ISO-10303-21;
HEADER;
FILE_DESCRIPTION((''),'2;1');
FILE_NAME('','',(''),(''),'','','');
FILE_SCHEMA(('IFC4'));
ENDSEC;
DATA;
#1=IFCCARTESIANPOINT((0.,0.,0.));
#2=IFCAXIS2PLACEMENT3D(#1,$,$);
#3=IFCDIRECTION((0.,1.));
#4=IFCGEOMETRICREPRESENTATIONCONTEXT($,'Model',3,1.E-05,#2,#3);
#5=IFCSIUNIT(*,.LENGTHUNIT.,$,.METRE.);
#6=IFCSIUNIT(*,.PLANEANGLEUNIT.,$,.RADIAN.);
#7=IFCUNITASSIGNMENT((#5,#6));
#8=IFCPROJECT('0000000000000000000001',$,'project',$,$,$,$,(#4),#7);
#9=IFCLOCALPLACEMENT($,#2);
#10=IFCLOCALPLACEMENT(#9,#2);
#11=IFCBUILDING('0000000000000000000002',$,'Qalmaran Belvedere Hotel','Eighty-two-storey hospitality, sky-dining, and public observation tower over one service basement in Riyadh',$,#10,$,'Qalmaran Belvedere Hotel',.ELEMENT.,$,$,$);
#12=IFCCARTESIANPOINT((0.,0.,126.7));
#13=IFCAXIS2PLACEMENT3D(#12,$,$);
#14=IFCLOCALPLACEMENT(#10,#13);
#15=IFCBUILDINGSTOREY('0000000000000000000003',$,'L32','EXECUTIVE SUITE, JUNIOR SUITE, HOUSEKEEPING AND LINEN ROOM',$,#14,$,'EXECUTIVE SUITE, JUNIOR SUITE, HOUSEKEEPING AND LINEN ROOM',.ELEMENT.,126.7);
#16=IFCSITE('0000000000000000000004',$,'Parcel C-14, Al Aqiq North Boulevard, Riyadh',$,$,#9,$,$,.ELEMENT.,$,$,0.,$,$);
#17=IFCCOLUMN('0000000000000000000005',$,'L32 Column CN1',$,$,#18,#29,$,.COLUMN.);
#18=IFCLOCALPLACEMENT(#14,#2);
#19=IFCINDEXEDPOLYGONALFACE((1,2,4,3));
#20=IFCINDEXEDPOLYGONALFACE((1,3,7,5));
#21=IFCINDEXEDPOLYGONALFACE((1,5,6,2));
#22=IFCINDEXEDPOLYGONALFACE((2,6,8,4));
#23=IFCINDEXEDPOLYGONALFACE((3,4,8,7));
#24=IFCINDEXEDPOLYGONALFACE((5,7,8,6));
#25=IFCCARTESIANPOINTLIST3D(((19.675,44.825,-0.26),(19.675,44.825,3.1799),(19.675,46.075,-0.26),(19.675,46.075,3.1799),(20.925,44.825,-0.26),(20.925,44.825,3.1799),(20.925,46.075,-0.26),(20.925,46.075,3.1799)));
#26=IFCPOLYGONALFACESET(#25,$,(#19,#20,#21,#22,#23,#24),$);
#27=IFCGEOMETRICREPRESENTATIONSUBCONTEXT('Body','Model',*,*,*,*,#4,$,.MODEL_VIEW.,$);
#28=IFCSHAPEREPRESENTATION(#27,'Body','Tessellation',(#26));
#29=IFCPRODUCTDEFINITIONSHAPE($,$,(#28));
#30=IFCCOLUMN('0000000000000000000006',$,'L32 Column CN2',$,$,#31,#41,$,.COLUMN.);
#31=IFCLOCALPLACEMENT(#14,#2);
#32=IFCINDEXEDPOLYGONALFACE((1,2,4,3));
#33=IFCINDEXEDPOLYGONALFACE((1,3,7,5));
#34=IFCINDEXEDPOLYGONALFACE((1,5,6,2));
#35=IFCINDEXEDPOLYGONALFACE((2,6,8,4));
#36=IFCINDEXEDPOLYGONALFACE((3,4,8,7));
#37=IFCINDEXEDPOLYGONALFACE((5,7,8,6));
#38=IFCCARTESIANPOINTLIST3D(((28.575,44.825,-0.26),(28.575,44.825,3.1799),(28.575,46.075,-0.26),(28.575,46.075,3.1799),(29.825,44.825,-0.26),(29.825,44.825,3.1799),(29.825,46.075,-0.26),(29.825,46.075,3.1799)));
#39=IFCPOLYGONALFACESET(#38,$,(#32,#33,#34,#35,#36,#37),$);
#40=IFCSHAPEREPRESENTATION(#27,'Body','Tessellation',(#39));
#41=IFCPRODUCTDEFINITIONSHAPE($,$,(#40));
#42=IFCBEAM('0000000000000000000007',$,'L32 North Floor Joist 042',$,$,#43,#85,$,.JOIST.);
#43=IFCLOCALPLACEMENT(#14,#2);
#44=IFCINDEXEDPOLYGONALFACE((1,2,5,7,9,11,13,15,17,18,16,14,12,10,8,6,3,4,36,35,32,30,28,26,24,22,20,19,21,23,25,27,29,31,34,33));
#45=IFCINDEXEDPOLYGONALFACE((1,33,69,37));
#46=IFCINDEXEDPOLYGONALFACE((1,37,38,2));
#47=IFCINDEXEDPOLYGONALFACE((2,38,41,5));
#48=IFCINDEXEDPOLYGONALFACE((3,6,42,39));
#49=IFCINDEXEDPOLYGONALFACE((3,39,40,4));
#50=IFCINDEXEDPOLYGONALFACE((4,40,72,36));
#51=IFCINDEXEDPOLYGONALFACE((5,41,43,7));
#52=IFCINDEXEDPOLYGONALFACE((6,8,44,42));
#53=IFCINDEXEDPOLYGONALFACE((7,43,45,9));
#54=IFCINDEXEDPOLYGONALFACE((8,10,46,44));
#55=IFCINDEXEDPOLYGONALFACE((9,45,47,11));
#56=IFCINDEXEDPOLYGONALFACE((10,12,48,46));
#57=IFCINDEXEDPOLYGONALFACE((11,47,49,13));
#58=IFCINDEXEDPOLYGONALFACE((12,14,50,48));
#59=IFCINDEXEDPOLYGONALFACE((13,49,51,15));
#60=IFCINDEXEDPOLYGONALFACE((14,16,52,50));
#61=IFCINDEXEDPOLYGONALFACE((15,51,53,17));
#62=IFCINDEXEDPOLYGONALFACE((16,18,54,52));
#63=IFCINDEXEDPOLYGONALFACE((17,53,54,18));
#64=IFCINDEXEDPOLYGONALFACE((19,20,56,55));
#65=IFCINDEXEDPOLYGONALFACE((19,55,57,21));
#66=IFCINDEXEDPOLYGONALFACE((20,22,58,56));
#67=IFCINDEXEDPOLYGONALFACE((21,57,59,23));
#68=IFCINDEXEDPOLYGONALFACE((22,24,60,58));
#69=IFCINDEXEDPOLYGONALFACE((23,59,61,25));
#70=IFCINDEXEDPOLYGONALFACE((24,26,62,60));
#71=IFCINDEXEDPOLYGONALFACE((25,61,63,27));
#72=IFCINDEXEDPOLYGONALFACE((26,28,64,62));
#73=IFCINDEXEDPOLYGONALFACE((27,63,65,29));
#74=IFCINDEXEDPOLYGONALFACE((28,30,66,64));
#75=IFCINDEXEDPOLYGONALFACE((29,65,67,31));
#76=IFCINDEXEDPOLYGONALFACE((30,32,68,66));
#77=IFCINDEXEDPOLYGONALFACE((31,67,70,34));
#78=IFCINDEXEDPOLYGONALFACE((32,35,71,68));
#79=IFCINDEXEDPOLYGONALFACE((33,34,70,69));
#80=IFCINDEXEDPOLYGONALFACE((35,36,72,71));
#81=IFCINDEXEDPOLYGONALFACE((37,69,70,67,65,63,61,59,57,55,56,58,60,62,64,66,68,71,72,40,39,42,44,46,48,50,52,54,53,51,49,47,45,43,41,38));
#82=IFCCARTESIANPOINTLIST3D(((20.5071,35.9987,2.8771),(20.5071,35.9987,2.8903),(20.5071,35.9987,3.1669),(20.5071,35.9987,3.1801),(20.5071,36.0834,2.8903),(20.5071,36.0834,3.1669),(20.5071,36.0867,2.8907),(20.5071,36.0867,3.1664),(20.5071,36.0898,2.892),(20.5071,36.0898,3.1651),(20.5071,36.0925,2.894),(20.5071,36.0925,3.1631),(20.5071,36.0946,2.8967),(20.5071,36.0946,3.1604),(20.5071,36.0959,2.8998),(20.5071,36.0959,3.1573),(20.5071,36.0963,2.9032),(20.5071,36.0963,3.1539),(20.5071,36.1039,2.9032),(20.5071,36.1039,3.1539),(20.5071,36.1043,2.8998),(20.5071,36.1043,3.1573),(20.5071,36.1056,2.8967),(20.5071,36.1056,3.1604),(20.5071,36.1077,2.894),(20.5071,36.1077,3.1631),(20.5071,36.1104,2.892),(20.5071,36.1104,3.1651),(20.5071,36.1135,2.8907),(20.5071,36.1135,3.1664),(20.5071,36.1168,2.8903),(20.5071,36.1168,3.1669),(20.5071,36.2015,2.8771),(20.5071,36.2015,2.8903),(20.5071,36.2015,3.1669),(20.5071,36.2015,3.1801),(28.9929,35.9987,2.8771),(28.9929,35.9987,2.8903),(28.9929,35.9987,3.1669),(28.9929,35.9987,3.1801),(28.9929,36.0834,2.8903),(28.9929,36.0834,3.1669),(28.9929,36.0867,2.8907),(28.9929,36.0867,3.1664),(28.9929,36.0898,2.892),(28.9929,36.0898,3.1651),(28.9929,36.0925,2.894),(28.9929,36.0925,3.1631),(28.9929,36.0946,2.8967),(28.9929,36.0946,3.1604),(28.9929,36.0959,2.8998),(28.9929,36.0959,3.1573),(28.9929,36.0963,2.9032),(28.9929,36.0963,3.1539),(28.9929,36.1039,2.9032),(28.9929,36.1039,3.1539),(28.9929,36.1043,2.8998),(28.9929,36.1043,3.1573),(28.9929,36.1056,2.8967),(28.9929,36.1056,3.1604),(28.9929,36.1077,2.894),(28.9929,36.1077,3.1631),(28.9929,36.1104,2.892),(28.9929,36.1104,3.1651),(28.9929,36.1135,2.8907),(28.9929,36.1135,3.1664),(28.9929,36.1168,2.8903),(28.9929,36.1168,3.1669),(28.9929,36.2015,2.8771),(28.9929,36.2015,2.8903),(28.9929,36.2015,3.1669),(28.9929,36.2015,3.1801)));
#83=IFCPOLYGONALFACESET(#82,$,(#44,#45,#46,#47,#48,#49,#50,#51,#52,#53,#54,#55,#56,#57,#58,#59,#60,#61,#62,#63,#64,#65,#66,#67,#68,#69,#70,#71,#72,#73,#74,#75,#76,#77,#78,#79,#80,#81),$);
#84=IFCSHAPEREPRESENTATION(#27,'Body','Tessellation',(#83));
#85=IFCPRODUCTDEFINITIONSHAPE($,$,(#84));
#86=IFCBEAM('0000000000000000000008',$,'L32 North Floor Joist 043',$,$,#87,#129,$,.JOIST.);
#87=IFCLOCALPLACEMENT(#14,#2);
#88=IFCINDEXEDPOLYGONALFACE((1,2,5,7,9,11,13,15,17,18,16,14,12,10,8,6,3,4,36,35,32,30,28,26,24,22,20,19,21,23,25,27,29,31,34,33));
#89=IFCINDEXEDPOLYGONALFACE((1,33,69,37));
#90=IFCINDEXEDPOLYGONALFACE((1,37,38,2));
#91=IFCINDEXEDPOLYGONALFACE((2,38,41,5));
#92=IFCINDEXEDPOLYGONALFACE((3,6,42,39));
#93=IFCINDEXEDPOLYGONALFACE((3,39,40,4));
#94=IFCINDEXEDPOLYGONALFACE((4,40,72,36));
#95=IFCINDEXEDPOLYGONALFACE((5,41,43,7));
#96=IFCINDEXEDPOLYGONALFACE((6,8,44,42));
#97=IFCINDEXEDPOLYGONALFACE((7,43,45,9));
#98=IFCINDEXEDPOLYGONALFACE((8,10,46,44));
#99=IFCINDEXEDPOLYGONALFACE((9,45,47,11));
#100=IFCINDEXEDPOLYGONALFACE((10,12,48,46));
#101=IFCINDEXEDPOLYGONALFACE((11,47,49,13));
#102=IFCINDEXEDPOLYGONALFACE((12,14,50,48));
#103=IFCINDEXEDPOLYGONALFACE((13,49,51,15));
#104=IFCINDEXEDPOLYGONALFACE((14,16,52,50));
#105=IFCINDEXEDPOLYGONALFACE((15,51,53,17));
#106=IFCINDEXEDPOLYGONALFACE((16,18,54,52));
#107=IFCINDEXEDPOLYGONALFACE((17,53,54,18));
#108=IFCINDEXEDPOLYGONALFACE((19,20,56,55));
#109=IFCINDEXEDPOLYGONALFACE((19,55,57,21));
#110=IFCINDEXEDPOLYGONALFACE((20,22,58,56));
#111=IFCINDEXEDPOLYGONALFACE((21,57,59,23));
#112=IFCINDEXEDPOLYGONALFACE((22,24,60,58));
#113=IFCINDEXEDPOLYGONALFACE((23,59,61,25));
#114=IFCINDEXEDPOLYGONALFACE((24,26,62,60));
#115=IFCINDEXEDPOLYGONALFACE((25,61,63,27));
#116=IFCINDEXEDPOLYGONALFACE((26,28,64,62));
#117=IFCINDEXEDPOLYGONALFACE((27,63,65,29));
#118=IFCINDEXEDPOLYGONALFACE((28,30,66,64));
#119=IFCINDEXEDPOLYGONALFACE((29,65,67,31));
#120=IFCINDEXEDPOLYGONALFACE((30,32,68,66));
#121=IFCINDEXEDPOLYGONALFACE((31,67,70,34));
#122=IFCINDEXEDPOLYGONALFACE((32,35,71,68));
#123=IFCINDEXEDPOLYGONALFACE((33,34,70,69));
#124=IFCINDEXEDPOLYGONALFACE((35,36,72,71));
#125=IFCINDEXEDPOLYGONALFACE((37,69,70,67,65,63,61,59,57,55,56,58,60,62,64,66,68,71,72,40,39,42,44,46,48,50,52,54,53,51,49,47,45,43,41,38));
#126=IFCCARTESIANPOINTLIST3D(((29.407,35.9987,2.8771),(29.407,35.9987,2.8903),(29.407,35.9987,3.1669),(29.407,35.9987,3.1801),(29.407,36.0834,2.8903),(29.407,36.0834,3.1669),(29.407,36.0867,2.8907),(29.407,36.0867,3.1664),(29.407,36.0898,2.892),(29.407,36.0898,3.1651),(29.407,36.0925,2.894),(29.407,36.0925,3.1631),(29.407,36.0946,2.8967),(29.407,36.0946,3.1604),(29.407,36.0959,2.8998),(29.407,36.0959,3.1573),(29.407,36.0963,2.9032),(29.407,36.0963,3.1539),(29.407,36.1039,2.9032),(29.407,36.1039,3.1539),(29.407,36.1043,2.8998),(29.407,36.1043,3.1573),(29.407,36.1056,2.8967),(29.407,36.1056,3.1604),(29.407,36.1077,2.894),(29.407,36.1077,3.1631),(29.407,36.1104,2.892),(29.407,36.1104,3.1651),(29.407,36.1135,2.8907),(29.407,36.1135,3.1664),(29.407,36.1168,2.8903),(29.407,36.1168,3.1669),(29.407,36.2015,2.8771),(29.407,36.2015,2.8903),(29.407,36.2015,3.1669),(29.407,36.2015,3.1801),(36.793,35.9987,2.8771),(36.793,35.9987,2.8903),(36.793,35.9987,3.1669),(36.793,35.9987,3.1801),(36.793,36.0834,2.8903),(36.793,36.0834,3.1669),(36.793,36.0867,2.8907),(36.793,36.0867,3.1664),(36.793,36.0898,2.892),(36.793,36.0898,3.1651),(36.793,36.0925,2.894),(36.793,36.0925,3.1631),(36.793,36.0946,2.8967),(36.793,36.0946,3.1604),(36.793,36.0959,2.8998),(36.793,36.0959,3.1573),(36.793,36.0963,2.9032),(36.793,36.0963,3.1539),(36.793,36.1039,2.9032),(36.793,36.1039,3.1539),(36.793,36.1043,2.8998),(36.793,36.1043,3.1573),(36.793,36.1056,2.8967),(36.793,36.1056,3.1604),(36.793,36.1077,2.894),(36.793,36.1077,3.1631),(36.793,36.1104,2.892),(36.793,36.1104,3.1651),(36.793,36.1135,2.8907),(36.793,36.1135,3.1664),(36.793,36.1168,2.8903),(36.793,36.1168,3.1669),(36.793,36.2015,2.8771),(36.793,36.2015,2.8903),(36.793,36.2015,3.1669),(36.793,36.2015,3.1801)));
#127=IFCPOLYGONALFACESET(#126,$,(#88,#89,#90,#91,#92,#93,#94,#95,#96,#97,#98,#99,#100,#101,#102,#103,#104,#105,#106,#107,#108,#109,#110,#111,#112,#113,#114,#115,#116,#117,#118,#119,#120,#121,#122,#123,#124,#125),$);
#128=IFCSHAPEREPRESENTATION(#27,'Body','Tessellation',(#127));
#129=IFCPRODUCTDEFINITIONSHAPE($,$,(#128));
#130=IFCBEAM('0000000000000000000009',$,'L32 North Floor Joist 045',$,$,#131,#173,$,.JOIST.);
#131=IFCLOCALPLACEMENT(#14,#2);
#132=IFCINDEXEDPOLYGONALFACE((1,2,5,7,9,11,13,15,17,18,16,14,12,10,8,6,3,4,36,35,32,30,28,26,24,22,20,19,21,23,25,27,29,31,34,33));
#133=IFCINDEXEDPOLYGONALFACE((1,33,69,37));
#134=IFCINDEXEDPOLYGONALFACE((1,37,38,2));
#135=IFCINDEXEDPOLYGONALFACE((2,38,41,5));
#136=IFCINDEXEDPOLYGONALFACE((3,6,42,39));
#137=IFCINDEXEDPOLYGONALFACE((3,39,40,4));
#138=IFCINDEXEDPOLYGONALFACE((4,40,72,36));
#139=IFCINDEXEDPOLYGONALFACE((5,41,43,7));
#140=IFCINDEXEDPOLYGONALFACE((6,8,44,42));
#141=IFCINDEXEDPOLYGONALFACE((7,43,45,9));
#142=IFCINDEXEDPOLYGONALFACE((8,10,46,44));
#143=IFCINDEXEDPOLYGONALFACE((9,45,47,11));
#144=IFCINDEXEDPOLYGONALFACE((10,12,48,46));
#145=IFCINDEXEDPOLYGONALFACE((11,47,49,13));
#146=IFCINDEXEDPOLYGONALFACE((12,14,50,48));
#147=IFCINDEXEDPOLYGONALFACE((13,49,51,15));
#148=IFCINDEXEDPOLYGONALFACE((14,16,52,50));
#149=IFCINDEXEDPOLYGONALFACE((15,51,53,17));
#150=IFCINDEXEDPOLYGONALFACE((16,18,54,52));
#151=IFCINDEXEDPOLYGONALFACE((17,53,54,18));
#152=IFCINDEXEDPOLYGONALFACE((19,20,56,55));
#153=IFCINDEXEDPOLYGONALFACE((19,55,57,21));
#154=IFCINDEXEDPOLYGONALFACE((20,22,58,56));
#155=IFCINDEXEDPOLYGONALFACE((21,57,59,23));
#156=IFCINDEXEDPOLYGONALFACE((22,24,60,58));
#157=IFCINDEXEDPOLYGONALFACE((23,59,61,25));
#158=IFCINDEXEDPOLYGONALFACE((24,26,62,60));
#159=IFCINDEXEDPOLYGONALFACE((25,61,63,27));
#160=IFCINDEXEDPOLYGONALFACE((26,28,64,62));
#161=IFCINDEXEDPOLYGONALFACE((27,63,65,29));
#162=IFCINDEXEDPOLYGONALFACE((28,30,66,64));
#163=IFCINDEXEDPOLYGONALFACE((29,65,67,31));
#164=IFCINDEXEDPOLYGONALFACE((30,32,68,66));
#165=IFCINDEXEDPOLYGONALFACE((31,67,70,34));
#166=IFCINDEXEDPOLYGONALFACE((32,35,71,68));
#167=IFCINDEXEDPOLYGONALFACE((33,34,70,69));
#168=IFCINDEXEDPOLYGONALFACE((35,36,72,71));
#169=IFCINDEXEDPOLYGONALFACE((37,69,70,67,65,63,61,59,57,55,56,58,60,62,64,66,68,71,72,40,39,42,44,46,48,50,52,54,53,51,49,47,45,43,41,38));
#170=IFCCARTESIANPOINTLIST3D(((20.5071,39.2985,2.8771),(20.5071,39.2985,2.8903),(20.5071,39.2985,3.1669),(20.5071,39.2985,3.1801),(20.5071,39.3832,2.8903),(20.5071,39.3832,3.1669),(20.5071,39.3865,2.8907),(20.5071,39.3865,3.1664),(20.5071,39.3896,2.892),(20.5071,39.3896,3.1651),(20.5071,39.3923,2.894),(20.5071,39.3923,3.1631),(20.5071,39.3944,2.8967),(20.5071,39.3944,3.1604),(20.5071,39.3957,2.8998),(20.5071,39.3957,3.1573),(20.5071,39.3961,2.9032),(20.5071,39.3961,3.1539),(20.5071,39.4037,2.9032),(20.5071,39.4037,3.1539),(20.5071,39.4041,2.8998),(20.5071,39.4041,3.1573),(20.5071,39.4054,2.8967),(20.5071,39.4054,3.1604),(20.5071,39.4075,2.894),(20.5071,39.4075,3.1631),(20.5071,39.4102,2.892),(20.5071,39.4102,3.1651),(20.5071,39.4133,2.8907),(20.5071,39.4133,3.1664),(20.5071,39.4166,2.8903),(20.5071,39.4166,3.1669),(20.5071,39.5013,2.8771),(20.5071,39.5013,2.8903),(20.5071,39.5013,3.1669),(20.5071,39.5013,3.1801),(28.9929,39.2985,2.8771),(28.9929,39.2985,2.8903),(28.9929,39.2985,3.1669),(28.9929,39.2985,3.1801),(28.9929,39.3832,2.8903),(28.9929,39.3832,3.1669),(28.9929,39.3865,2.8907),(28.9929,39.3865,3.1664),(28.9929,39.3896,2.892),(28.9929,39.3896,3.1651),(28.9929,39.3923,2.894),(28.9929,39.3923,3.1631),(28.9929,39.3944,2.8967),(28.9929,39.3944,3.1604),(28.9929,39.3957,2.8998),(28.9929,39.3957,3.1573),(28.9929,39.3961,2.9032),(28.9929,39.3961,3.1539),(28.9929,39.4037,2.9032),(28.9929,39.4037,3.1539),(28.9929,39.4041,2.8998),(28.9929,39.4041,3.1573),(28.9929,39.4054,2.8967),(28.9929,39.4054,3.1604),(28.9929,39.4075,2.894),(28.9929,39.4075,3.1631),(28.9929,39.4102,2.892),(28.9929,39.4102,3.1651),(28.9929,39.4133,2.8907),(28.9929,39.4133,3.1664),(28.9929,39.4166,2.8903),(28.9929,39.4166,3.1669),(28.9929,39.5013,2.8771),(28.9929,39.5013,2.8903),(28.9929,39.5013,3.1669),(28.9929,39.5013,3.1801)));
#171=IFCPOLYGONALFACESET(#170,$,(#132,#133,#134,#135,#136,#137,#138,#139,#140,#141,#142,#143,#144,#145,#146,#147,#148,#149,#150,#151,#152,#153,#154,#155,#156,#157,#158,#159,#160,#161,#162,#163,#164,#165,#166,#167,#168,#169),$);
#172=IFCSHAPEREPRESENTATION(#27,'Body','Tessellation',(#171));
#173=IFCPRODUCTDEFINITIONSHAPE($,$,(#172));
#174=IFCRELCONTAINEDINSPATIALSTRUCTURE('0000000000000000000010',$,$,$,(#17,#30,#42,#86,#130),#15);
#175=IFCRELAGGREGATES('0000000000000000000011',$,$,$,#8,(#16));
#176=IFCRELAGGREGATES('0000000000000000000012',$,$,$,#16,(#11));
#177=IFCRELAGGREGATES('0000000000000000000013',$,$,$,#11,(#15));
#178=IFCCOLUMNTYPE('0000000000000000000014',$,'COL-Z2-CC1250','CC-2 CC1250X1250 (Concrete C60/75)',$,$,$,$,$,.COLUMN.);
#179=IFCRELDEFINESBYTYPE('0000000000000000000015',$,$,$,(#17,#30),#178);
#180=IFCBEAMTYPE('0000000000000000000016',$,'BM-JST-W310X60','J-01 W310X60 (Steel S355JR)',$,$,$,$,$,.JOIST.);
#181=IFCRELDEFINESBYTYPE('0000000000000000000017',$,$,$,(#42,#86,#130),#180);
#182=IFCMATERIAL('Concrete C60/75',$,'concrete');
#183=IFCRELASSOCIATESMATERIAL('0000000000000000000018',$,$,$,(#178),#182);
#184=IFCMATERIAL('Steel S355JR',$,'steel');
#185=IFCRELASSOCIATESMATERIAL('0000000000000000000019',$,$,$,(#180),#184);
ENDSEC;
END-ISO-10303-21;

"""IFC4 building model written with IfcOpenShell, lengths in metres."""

from ifc_helpers import new_model, si_unit, direction, frame, origin, origin_2d, place, context, subcontext, project, spatial, rectangle, i_section, extrude, material, material_profile, profile_set, type_object, element, save


model = new_model("IFC4")

# Units and contexts
model_context = context("Model", 3, precision=1e-05, world=origin(), true_north=direction((0.0, 1.0)))
body_context = subcontext(model_context, "Body", "Model", "MODEL_VIEW")
ifc_project = project(units=[si_unit("LENGTHUNIT", "METRE"), si_unit("PLANEANGLEUNIT", "RADIAN")], contexts=[model_context])

# Site, building, storey
site_placement = place(None, origin())
site = spatial("IfcSite", under=ifc_project, at=site_placement, Name="Parcel C-14, Al Aqiq North Boulevard, Riyadh", CompositionType="ELEMENT", RefElevation=0.0)
building_placement = place(site_placement, origin())
building = spatial("IfcBuilding", under=site, at=building_placement, Name="Qalmaran Belvedere Hotel", Description="Eighty-two-storey hospitality, sky-dining, and public observation tower over one service basement in Riyadh", LongName="Qalmaran Belvedere Hotel", CompositionType="ELEMENT")
storey_placement = place(building_placement, frame((0.0, 0.0, 126.7)))
storey = spatial("IfcBuildingStorey", under=building, at=storey_placement, Name="L32", Description="EXECUTIVE SUITE, JUNIOR SUITE, HOUSEKEEPING AND LINEN ROOM", LongName="EXECUTIVE SUITE, JUNIOR SUITE, HOUSEKEEPING AND LINEN ROOM", CompositionType="ELEMENT", Elevation=126.7)

# Columns
ifc_material_1 = material(Name="Concrete C60/75", Category="concrete")
ifc_material_profile_1 = material_profile(ifc_material_1, rectangle(XDim=1.25, YDim=1.25, at=origin_2d()), Name="CC1250X1250")
ifc_profile_set_1 = profile_set([ifc_material_profile_1], Name="Concrete C60/75")
column_type = type_object("IfcColumnType", Name="COL-Z2-CC1250", Description="CC-2 CC1250X1250 (Concrete C60/75)", PredefinedType="COLUMN", material=ifc_profile_set_1)
for number, where, z_axis, x_axis, name in (
    (1, (20.3, 45.45, -0.26), (0.0, 0.0, 1.0), (1.0, 0.0, 0.0), "L32 Column CN1"),
    (2, (29.2, 45.45, -0.26), (0.0, 0.0, 1.0), (1.0, 0.0, 0.0), "L32 Column CN2"),
):
    element("IfcColumn", number, at=place(storey_placement, frame(where, z_axis=z_axis, x_axis=x_axis)), inside=storey, type_object=column_type, Name=name, PredefinedType="COLUMN", context=body_context, shape_type="SweptSolid", body=[
        extrude(rectangle(XDim=1.25, YDim=1.25, at=origin_2d()), origin(), (0.0, 0.0, 1.0), 3.4399),
    ])

# Beams
ifc_material_2 = material(Name="Steel S355JR", Category="steel")
ifc_material_profile_2 = material_profile(ifc_material_2, i_section(OverallWidth=0.2029, OverallDepth=0.303, WebThickness=0.0076, FlangeThickness=0.0132, FilletRadius=0.0129, at=origin_2d()), Name="W310X60")
ifc_profile_set_2 = profile_set([ifc_material_profile_2], Name="Steel S355JR")
beam_type_1 = type_object("IfcBeamType", Name="BM-JST-W310X60", Description="J-01 W310X60 (Steel S355JR)", PredefinedType="JOIST", material=ifc_profile_set_2)
beam_1_placement = place(storey_placement, frame((20.5071, 36.1001, 3.0286), z_axis=(1.0, 0.0, 0.0), x_axis=(0.0, 1.0, 0.0)))
element("IfcBeam", 3, at=beam_1_placement, inside=storey, type_object=beam_type_1, Name="L32 North Floor Joist 042", PredefinedType="JOIST", context=body_context, shape_type="SweptSolid", body=[
    extrude(i_section(OverallWidth=0.2029, OverallDepth=0.303, WebThickness=0.0076, FlangeThickness=0.0132, FilletRadius=0.0129, at=origin_2d()), origin(), (0.0, 0.0, 1.0), 8.4858),
])
beam_2_placement = place(storey_placement, frame((29.407, 36.1001, 3.0286), z_axis=(1.0, 0.0, 0.0), x_axis=(0.0, 1.0, 0.0)))
element("IfcBeam", 4, at=beam_2_placement, inside=storey, type_object=beam_type_1, Name="L32 North Floor Joist 043", PredefinedType="JOIST", context=body_context, shape_type="SweptSolid", body=[
    extrude(i_section(OverallWidth=0.2029, OverallDepth=0.303, WebThickness=0.0076, FlangeThickness=0.0132, FilletRadius=0.0129, at=origin_2d()), origin(), (0.0, 0.0, 1.0), 7.386),
])
for number, where, z_axis, x_axis, name in (
    (5, (20.5071, 39.3999, 3.0286), (1.0, 0.0, 0.0), (0.0, 1.0, 0.0), "L32 North Floor Joist 045"),
):
    element("IfcBeam", number, at=place(storey_placement, frame(where, z_axis=z_axis, x_axis=x_axis)), inside=storey, type_object=beam_type_1, Name=name, PredefinedType="JOIST", context=body_context, shape_type="SweptSolid", body=[
        extrude(i_section(OverallWidth=0.2029, OverallDepth=0.303, WebThickness=0.0076, FlangeThickness=0.0132, FilletRadius=0.0129, at=origin_2d()), origin(), (0.0, 0.0, 1.0), 8.4858),
    ])

save(model, "model.ifc")
